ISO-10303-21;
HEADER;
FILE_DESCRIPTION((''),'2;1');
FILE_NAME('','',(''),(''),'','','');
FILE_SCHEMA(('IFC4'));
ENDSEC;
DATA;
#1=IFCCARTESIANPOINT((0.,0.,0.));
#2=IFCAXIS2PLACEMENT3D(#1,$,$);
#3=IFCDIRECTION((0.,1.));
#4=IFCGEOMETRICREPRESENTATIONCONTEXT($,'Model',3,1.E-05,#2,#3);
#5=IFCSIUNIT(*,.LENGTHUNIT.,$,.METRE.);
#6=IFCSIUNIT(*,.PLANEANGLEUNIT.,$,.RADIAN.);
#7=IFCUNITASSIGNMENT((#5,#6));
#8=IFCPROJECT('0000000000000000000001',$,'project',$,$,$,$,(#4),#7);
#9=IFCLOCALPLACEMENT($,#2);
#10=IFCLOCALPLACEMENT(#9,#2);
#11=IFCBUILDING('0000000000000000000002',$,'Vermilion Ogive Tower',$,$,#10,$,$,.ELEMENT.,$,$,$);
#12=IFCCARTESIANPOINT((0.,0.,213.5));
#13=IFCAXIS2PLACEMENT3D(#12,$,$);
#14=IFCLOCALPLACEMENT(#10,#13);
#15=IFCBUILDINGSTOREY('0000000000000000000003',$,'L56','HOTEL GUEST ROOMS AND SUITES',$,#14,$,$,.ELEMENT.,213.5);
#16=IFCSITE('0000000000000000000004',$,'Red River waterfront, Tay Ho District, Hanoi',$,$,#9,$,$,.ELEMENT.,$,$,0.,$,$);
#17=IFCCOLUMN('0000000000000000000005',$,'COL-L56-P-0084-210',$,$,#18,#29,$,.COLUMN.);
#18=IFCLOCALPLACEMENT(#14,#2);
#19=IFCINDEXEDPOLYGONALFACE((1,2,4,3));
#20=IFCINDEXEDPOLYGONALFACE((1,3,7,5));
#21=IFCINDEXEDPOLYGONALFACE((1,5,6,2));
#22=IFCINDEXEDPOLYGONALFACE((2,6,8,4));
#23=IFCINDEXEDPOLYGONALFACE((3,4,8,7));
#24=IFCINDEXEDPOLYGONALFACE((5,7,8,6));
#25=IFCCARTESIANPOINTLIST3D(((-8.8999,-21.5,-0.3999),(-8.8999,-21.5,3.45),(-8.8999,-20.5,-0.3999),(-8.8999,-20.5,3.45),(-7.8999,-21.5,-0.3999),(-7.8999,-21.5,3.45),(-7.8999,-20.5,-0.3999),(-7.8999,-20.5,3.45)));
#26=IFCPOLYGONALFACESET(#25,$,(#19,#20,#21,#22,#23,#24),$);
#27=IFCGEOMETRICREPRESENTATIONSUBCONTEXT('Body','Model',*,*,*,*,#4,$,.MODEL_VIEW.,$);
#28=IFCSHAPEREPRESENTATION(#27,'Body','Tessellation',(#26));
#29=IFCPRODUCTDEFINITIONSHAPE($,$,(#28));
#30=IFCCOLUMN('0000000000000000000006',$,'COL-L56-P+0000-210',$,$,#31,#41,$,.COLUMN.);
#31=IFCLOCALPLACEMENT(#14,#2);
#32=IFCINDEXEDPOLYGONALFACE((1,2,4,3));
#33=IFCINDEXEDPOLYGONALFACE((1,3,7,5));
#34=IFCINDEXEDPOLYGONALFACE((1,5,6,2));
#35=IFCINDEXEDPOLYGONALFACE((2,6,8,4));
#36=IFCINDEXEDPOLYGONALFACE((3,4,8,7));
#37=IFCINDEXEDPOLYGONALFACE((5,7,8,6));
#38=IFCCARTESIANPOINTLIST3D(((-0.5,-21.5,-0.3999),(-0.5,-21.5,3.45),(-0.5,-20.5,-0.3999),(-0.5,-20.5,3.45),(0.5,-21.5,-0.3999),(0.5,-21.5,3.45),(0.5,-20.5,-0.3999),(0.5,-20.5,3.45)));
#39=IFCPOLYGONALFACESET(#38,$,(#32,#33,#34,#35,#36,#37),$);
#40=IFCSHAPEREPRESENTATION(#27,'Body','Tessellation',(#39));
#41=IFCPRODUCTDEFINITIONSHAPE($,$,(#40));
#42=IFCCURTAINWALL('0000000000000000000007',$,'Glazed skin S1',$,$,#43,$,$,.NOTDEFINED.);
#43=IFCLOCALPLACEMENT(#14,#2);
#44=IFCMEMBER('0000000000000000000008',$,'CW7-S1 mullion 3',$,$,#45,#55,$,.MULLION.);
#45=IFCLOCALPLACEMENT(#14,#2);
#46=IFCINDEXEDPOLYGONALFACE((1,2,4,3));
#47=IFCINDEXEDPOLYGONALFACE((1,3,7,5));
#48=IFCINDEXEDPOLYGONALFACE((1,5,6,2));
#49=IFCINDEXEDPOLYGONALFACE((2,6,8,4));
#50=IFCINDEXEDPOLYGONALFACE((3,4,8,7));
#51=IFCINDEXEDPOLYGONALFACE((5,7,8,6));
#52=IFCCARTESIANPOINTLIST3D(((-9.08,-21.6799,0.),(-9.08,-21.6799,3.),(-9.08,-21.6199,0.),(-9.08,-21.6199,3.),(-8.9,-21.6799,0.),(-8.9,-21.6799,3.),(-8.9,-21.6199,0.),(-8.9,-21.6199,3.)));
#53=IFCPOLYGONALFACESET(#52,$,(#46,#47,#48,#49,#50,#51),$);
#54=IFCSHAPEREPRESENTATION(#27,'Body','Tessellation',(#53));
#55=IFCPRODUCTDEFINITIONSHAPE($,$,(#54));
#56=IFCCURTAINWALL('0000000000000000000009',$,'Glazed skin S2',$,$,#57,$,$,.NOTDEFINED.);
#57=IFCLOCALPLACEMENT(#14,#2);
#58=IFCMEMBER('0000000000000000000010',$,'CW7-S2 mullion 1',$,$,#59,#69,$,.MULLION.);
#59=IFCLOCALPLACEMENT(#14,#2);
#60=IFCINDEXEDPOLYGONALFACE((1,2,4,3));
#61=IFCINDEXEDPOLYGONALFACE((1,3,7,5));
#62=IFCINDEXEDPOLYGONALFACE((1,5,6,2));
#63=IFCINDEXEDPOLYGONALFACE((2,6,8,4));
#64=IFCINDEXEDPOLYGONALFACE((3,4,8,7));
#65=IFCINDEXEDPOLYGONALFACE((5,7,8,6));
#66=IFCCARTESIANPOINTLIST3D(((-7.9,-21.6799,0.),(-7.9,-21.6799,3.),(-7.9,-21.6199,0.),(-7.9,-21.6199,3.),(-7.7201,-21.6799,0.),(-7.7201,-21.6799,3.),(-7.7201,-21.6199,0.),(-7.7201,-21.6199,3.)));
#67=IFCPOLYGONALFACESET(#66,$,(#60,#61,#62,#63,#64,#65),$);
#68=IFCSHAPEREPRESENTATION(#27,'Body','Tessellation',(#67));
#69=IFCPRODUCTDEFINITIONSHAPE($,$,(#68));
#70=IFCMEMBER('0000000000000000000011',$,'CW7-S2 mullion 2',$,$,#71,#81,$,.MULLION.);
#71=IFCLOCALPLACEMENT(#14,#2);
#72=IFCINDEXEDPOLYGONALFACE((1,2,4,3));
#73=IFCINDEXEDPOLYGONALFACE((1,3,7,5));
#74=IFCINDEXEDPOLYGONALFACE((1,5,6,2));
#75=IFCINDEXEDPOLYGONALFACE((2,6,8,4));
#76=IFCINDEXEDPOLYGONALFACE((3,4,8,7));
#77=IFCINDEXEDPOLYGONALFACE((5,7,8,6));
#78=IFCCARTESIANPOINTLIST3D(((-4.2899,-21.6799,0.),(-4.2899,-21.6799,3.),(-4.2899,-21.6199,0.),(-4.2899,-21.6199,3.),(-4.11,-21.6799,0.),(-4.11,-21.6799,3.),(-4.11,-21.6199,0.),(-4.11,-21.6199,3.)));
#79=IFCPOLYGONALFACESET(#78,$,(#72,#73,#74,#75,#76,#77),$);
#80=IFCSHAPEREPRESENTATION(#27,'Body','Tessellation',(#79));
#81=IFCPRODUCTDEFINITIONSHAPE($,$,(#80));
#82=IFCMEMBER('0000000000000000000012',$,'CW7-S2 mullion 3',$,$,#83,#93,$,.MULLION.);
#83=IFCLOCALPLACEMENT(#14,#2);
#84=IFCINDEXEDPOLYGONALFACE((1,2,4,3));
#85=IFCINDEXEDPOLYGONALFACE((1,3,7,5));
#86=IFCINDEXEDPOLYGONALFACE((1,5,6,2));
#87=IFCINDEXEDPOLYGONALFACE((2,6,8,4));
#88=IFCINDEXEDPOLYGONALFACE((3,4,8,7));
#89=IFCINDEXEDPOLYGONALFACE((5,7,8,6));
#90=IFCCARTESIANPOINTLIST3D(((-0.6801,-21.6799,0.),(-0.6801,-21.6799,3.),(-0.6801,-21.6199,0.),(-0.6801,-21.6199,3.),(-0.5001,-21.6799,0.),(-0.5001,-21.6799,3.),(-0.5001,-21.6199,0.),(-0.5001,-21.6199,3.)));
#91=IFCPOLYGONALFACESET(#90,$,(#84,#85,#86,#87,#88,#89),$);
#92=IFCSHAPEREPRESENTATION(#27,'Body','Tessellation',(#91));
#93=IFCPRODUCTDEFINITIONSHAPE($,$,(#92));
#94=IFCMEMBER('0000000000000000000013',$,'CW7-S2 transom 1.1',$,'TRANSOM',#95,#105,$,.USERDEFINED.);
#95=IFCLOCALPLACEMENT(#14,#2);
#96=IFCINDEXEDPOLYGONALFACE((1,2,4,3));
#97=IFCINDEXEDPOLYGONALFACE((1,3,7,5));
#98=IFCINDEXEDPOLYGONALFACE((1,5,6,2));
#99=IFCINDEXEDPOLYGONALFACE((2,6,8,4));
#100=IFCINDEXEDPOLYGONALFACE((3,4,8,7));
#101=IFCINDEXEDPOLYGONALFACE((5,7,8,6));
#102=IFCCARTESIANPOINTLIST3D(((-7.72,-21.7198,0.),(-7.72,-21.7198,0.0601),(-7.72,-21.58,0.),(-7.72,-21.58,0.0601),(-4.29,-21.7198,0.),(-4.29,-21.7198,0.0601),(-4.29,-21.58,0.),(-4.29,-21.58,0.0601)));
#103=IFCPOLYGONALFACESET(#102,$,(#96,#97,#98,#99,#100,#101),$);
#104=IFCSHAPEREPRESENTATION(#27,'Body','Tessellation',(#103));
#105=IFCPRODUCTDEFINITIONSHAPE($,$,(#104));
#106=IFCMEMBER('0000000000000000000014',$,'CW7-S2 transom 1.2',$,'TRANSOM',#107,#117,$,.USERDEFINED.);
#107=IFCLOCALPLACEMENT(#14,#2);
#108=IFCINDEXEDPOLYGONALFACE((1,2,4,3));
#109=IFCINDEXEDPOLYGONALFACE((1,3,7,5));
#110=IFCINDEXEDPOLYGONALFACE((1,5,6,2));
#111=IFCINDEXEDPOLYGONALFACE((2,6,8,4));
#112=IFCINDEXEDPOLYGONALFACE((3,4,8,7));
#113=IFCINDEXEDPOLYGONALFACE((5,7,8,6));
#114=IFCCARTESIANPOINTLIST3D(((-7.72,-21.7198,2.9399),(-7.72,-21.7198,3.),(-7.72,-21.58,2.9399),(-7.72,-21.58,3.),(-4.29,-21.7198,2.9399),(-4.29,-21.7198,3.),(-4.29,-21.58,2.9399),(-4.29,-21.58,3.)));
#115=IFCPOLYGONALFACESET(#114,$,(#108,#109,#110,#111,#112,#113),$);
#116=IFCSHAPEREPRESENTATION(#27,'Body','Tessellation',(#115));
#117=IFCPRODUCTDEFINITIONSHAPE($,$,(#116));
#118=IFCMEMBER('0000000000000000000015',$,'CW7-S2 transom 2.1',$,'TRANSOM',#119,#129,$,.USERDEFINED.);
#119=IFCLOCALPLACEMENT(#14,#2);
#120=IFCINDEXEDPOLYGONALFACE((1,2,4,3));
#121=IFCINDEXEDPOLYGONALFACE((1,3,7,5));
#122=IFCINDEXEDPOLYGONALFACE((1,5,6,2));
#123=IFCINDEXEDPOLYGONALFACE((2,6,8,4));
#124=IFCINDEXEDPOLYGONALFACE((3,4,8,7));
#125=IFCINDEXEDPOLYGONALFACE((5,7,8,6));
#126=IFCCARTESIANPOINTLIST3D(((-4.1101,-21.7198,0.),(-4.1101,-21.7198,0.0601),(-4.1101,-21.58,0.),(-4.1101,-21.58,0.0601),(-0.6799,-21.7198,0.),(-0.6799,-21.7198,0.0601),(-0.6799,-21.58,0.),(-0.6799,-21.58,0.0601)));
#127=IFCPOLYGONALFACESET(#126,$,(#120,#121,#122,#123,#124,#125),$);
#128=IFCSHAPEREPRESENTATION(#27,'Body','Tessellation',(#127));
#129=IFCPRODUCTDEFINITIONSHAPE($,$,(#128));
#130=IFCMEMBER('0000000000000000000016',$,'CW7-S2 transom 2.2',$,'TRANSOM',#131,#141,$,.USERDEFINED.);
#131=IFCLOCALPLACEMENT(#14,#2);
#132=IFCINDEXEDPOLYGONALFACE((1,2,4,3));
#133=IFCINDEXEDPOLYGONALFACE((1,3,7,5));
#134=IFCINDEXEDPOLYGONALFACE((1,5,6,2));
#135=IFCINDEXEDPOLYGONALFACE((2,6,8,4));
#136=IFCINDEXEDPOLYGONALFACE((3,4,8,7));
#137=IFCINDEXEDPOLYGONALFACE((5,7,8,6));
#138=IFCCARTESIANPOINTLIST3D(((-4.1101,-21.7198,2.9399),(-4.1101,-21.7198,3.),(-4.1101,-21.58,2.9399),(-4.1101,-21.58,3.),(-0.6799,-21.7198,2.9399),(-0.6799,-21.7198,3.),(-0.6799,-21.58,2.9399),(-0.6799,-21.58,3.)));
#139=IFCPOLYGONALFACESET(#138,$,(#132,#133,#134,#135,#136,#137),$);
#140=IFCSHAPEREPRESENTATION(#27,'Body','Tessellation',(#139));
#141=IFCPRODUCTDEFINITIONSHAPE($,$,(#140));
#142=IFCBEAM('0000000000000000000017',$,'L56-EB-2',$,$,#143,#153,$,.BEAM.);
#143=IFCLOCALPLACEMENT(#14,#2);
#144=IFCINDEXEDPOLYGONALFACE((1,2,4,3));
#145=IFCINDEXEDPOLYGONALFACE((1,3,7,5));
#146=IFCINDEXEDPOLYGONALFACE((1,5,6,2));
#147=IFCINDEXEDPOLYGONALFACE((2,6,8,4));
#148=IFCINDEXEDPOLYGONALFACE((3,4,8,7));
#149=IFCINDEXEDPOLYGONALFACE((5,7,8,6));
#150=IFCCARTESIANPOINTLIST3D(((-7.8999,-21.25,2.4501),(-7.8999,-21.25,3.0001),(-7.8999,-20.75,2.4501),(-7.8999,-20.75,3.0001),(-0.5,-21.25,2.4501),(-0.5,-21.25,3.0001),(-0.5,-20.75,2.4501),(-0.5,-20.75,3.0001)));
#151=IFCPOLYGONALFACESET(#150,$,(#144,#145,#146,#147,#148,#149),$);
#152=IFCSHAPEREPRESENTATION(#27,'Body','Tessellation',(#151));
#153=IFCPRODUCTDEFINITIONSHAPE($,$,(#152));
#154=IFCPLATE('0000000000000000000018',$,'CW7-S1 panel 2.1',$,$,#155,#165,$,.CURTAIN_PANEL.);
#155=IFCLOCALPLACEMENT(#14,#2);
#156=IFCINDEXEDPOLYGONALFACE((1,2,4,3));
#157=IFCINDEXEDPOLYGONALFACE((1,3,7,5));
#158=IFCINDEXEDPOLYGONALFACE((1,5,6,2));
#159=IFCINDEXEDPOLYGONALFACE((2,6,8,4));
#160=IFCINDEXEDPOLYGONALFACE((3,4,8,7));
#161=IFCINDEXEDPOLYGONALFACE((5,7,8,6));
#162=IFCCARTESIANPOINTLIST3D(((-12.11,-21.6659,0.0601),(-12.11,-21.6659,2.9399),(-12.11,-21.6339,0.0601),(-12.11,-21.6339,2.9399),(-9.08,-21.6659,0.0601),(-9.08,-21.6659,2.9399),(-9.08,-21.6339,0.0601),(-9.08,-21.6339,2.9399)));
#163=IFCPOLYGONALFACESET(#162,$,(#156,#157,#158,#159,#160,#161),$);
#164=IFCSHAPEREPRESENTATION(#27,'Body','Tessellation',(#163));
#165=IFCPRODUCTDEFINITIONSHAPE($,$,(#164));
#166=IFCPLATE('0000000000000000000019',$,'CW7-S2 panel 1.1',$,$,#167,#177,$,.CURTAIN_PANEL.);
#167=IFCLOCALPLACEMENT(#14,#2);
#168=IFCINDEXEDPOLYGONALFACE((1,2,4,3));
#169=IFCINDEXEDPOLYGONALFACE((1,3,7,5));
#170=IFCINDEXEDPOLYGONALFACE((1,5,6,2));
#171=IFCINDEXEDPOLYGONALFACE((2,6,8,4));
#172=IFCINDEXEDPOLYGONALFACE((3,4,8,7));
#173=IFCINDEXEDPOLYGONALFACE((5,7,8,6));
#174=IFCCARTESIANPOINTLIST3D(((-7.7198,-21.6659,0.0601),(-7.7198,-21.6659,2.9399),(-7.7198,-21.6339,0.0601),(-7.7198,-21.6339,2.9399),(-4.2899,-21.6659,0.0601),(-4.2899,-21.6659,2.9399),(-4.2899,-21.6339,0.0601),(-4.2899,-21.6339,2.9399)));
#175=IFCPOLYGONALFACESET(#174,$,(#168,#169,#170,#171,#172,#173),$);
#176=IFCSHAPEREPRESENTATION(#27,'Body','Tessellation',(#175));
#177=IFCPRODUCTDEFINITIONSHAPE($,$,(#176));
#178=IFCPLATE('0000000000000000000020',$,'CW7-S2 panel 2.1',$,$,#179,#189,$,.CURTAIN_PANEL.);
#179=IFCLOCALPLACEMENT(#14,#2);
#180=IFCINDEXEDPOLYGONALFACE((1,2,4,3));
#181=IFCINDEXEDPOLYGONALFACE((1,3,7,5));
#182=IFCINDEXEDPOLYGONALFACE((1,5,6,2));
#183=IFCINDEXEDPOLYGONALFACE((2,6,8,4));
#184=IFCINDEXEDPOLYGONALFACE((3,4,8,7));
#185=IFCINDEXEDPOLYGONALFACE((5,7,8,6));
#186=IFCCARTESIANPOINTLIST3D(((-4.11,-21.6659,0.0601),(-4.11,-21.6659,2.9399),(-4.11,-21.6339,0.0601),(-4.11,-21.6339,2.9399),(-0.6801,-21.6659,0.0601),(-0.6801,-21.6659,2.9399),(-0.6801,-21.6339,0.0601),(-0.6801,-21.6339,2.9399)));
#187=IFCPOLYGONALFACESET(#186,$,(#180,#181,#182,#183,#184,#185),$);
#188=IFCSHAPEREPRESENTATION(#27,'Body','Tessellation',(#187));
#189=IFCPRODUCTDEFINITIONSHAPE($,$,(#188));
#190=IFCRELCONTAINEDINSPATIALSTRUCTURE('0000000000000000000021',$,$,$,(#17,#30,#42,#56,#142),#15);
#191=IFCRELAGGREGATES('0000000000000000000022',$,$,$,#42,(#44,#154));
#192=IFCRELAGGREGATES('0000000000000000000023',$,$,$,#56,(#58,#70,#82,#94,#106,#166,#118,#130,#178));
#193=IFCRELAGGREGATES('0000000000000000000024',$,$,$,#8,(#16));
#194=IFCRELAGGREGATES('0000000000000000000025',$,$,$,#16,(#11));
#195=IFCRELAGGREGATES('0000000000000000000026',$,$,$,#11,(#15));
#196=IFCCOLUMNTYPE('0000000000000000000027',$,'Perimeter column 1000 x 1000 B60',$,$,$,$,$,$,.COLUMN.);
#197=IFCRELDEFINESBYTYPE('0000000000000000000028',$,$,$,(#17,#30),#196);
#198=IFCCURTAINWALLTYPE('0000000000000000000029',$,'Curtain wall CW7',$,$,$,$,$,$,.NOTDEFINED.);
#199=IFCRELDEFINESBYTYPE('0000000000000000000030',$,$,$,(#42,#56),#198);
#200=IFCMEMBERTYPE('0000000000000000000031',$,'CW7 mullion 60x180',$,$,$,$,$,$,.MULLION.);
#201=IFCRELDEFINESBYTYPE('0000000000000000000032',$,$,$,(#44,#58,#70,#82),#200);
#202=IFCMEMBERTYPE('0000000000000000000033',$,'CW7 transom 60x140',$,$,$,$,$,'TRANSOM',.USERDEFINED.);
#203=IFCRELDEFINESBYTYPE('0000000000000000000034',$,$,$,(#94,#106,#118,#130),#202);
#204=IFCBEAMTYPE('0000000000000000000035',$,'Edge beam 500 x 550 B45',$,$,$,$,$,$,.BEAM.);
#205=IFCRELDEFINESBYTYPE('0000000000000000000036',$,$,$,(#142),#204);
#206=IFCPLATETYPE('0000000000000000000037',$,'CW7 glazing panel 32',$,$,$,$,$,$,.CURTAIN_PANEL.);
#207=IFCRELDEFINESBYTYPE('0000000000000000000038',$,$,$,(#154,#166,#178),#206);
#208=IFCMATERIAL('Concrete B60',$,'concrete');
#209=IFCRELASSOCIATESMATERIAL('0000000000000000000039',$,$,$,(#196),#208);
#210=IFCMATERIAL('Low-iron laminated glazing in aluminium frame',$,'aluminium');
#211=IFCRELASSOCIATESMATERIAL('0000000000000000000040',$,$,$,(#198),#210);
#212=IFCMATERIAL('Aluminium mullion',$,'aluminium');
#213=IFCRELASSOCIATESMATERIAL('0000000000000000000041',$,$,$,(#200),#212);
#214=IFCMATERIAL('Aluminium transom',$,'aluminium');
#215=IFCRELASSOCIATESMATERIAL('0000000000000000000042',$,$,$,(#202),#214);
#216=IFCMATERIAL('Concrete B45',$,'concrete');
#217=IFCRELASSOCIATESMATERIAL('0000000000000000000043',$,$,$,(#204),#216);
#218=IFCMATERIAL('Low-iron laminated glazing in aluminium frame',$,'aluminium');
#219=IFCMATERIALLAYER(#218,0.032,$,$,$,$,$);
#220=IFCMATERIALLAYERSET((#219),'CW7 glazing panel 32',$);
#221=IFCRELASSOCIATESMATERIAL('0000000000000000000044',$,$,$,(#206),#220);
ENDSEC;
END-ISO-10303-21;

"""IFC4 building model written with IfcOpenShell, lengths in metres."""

from ifc_helpers import new_model, si_unit, direction, frame, origin, origin_2d, place, context, subcontext, project, spatial, rectangle, extrude, material, layer, layer_set, material_profile, profile_set, type_object, element, aggregate, save


model = new_model("IFC4")

# Units and contexts
model_context = context("Model", 3, precision=1e-05, world=origin(), true_north=direction((0.0, 1.0)))
body_context = subcontext(model_context, "Body", "Model", "MODEL_VIEW")
ifc_project = project(units=[si_unit("LENGTHUNIT", "METRE"), si_unit("PLANEANGLEUNIT", "RADIAN")], contexts=[model_context])

# Site, building, storey
site_placement = place(None, origin())
site = spatial("IfcSite", under=ifc_project, at=site_placement, Name="Red River waterfront, Tay Ho District, Hanoi", CompositionType="ELEMENT", RefElevation=0.0)
building_placement = place(site_placement, origin())
building = spatial("IfcBuilding", under=site, at=building_placement, Name="Vermilion Ogive Tower", CompositionType="ELEMENT")
storey_placement = place(building_placement, frame((0.0, 0.0, 213.5)))
storey = spatial("IfcBuildingStorey", under=building, at=storey_placement, Name="L56", Description="HOTEL GUEST ROOMS AND SUITES", CompositionType="ELEMENT", Elevation=213.5)

# Columns
ifc_material_1 = material(Name="Concrete B60", Category="concrete")
ifc_material_profile_1 = material_profile(ifc_material_1, rectangle(XDim=1.0, YDim=1.0, at=origin_2d()), Name="1000 x 1000")
ifc_profile_set_1 = profile_set([ifc_material_profile_1], Name="Concrete B60")
column_type = type_object("IfcColumnType", Name="Perimeter column 1000 x 1000 B60", PredefinedType="COLUMN", material=ifc_profile_set_1)
for number, where, z_axis, x_axis, name in (
    (1, (-8.3999, -21.0, -0.3999), (0.0, 0.0, 1.0), (1.0, 0.0, 0.0), "COL-L56-P-0084-210"),
    (2, (0.0, -21.0, -0.3999), (0.0, 0.0, 1.0), (1.0, 0.0, 0.0), "COL-L56-P+0000-210"),
):
    element("IfcColumn", number, at=place(storey_placement, frame(where, z_axis=z_axis, x_axis=x_axis)), inside=storey, type_object=column_type, Name=name, PredefinedType="COLUMN", context=body_context, shape_type="SweptSolid", body=[
        extrude(rectangle(XDim=1.0, YDim=1.0, at=origin_2d()), origin(), (0.0, 0.0, 1.0), 3.8499),
    ])

# Curtain wall, member
ifc_material_2 = material(Name="Low-iron laminated glazing in aluminium frame", Category="aluminium")
curtain_wall_type = type_object("IfcCurtainWallType", Name="Curtain wall CW7", PredefinedType="NOTDEFINED", material=ifc_material_2)
curtain_wall_1_placement = place(storey_placement, origin())
curtain_wall_1 = element("IfcCurtainWall", 3, at=curtain_wall_1_placement, inside=storey, type_object=curtain_wall_type, Name="Glazed skin S1", PredefinedType="NOTDEFINED")
ifc_material_3 = material(Name="Aluminium mullion", Category="aluminium")
ifc_material_profile_2 = material_profile(ifc_material_3, rectangle(XDim=0.0601, YDim=0.1799, at=origin_2d()), Name="AL 60x180")
ifc_profile_set_2 = profile_set([ifc_material_profile_2], Name="Aluminium mullion")
member_type_1 = type_object("IfcMemberType", Name="CW7 mullion 60x180", PredefinedType="MULLION", material=ifc_profile_set_2)
member_1_placement = place(storey_placement, frame((-8.99, -21.6499, 0.0), z_axis=(0.0, 0.0, 1.0), x_axis=(0.0, 1.0, 0.0)))
member_1 = element("IfcMember", 4, at=member_1_placement, type_object=member_type_1, Name="CW7-S1 mullion 3", PredefinedType="MULLION", context=body_context, shape_type="SweptSolid", body=[
    extrude(rectangle(XDim=0.0601, YDim=0.1799, at=origin_2d()), origin(), (0.0, 0.0, 1.0), 3.0),
])

# Curtain wall, members
curtain_wall_2_placement = place(storey_placement, origin())
curtain_wall_2 = element("IfcCurtainWall", 5, at=curtain_wall_2_placement, inside=storey, type_object=curtain_wall_type, Name="Glazed skin S2", PredefinedType="NOTDEFINED")
member_2_placement = place(storey_placement, frame((-7.8101, -21.6499, 0.0), z_axis=(0.0, 0.0, 1.0), x_axis=(0.0, 1.0, 0.0)))
member_2 = element("IfcMember", 6, at=member_2_placement, type_object=member_type_1, Name="CW7-S2 mullion 1", PredefinedType="MULLION", context=body_context, shape_type="SweptSolid", body=[
    extrude(rectangle(XDim=0.0601, YDim=0.1799, at=origin_2d()), origin(), (0.0, 0.0, 1.0), 3.0),
])
member_3_placement = place(storey_placement, frame((-4.2, -21.6499, 0.0), z_axis=(0.0, 0.0, 1.0), x_axis=(0.0, 1.0, 0.0)))
member_3 = element("IfcMember", 7, at=member_3_placement, type_object=member_type_1, Name="CW7-S2 mullion 2", PredefinedType="MULLION", context=body_context, shape_type="SweptSolid", body=[
    extrude(rectangle(XDim=0.0601, YDim=0.1799, at=origin_2d()), origin(), (0.0, 0.0, 1.0), 3.0),
])
member_4_placement = place(storey_placement, frame((-0.5901, -21.6499, 0.0), z_axis=(0.0, 0.0, 1.0), x_axis=(0.0, 1.0, 0.0)))
member_4 = element("IfcMember", 8, at=member_4_placement, type_object=member_type_1, Name="CW7-S2 mullion 3", PredefinedType="MULLION", context=body_context, shape_type="SweptSolid", body=[
    extrude(rectangle(XDim=0.0601, YDim=0.1799, at=origin_2d()), origin(), (0.0, 0.0, 1.0), 3.0),
])
ifc_material_4 = material(Name="Aluminium transom", Category="aluminium")
ifc_material_profile_3 = material_profile(ifc_material_4, rectangle(XDim=0.1399, YDim=0.0601, at=origin_2d()), Name="AL 60x140")
ifc_profile_set_3 = profile_set([ifc_material_profile_3], Name="Aluminium transom")
member_type_2 = type_object("IfcMemberType", Name="CW7 transom 60x140", ElementType="TRANSOM", PredefinedType="USERDEFINED", material=ifc_profile_set_3)
member_5_placement = place(storey_placement, frame((-7.72, -21.6499, 0.03), z_axis=(1.0, 0.0, 0.0), x_axis=(0.0, 1.0, 0.0)))
member_5 = element("IfcMember", 9, at=member_5_placement, type_object=member_type_2, Name="CW7-S2 transom 1.1", ObjectType="TRANSOM", PredefinedType="USERDEFINED", context=body_context, shape_type="SweptSolid", body=[
    extrude(rectangle(XDim=0.1399, YDim=0.0601, at=origin_2d()), origin(), (0.0, 0.0, 1.0), 3.4299),
])
member_6_placement = place(storey_placement, frame((-7.72, -21.6499, 2.97), z_axis=(1.0, 0.0, 0.0), x_axis=(0.0, 1.0, 0.0)))
member_6 = element("IfcMember", 10, at=member_6_placement, type_object=member_type_2, Name="CW7-S2 transom 1.2", ObjectType="TRANSOM", PredefinedType="USERDEFINED", context=body_context, shape_type="SweptSolid", body=[
    extrude(rectangle(XDim=0.1399, YDim=0.0601, at=origin_2d()), origin(), (0.0, 0.0, 1.0), 3.4299),
])
member_7_placement = place(storey_placement, frame((-4.1101, -21.6499, 0.03), z_axis=(1.0, 0.0, 0.0), x_axis=(0.0, 1.0, 0.0)))
member_7 = element("IfcMember", 11, at=member_7_placement, type_object=member_type_2, Name="CW7-S2 transom 2.1", ObjectType="TRANSOM", PredefinedType="USERDEFINED", context=body_context, shape_type="SweptSolid", body=[
    extrude(rectangle(XDim=0.1399, YDim=0.0601, at=origin_2d()), origin(), (0.0, 0.0, 1.0), 3.4302),
])
member_8_placement = place(storey_placement, frame((-4.1101, -21.6499, 2.97), z_axis=(1.0, 0.0, 0.0), x_axis=(0.0, 1.0, 0.0)))
member_8 = element("IfcMember", 12, at=member_8_placement, type_object=member_type_2, Name="CW7-S2 transom 2.2", ObjectType="TRANSOM", PredefinedType="USERDEFINED", context=body_context, shape_type="SweptSolid", body=[
    extrude(rectangle(XDim=0.1399, YDim=0.0601, at=origin_2d()), origin(), (0.0, 0.0, 1.0), 3.4302),
])

# Beam
ifc_material_5 = material(Name="Concrete B45", Category="concrete")
ifc_material_profile_4 = material_profile(ifc_material_5, rectangle(XDim=0.5, YDim=0.55, at=origin_2d()), Name="500 x 550")
ifc_profile_set_4 = profile_set([ifc_material_profile_4], Name="Concrete B45")
beam_type = type_object("IfcBeamType", Name="Edge beam 500 x 550 B45", PredefinedType="BEAM", material=ifc_profile_set_4)
beam_placement = place(storey_placement, frame((-7.8999, -21.0, 2.7251), z_axis=(1.0, 0.0, 0.0), x_axis=(0.0, 1.0, 0.0)))
element("IfcBeam", 13, at=beam_placement, inside=storey, type_object=beam_type, Name="L56-EB-2", PredefinedType="BEAM", context=body_context, shape_type="SweptSolid", body=[
    extrude(rectangle(XDim=0.5, YDim=0.55, at=origin_2d()), origin(), (0.0, 0.0, 1.0), 7.3999),
])

# Plates
ifc_material_6 = material(Name="Low-iron laminated glazing in aluminium frame", Category="aluminium")
ifc_layer_1 = layer(ifc_material_6, 0.032)
ifc_layer_set_1 = layer_set([ifc_layer_1], Name="CW7 glazing panel 32")
plate_type = type_object("IfcPlateType", Name="CW7 glazing panel 32", PredefinedType="CURTAIN_PANEL", material=ifc_layer_set_1)
plate_1_placement = place(storey_placement, frame((-10.595, -21.6499, 0.0601), z_axis=(0.0, 0.0, 1.0), x_axis=(1.0, 0.0, 0.0)))
plate_1 = element("IfcPlate", 14, at=plate_1_placement, type_object=plate_type, Name="CW7-S1 panel 2.1", PredefinedType="CURTAIN_PANEL", context=body_context, shape_type="SweptSolid", body=[
    extrude(rectangle(XDim=3.03, YDim=0.032, at=origin_2d()), origin(), (0.0, 0.0, 1.0), 2.8799),
])
aggregate(curtain_wall_1, [member_1, plate_1])
plate_2_placement = place(storey_placement, frame((-6.0049, -21.6499, 0.0601), z_axis=(0.0, 0.0, 1.0), x_axis=(1.0, 0.0, 0.0)))
plate_2 = element("IfcPlate", 15, at=plate_2_placement, type_object=plate_type, Name="CW7-S2 panel 1.1", PredefinedType="CURTAIN_PANEL", context=body_context, shape_type="SweptSolid", body=[
    extrude(rectangle(XDim=3.4299, YDim=0.032, at=origin_2d()), origin(), (0.0, 0.0, 1.0), 2.8799),
])
plate_3_placement = place(storey_placement, frame((-2.395, -21.6499, 0.0601), z_axis=(0.0, 0.0, 1.0), x_axis=(1.0, 0.0, 0.0)))
plate_3 = element("IfcPlate", 16, at=plate_3_placement, type_object=plate_type, Name="CW7-S2 panel 2.1", PredefinedType="CURTAIN_PANEL", context=body_context, shape_type="SweptSolid", body=[
    extrude(rectangle(XDim=3.4299, YDim=0.032, at=origin_2d()), origin(), (0.0, 0.0, 1.0), 2.8799),
])
aggregate(curtain_wall_2, [member_2, member_3, member_4, member_5, member_6, plate_2, member_7, member_8, plate_3])

save(model, "model.ifc")
